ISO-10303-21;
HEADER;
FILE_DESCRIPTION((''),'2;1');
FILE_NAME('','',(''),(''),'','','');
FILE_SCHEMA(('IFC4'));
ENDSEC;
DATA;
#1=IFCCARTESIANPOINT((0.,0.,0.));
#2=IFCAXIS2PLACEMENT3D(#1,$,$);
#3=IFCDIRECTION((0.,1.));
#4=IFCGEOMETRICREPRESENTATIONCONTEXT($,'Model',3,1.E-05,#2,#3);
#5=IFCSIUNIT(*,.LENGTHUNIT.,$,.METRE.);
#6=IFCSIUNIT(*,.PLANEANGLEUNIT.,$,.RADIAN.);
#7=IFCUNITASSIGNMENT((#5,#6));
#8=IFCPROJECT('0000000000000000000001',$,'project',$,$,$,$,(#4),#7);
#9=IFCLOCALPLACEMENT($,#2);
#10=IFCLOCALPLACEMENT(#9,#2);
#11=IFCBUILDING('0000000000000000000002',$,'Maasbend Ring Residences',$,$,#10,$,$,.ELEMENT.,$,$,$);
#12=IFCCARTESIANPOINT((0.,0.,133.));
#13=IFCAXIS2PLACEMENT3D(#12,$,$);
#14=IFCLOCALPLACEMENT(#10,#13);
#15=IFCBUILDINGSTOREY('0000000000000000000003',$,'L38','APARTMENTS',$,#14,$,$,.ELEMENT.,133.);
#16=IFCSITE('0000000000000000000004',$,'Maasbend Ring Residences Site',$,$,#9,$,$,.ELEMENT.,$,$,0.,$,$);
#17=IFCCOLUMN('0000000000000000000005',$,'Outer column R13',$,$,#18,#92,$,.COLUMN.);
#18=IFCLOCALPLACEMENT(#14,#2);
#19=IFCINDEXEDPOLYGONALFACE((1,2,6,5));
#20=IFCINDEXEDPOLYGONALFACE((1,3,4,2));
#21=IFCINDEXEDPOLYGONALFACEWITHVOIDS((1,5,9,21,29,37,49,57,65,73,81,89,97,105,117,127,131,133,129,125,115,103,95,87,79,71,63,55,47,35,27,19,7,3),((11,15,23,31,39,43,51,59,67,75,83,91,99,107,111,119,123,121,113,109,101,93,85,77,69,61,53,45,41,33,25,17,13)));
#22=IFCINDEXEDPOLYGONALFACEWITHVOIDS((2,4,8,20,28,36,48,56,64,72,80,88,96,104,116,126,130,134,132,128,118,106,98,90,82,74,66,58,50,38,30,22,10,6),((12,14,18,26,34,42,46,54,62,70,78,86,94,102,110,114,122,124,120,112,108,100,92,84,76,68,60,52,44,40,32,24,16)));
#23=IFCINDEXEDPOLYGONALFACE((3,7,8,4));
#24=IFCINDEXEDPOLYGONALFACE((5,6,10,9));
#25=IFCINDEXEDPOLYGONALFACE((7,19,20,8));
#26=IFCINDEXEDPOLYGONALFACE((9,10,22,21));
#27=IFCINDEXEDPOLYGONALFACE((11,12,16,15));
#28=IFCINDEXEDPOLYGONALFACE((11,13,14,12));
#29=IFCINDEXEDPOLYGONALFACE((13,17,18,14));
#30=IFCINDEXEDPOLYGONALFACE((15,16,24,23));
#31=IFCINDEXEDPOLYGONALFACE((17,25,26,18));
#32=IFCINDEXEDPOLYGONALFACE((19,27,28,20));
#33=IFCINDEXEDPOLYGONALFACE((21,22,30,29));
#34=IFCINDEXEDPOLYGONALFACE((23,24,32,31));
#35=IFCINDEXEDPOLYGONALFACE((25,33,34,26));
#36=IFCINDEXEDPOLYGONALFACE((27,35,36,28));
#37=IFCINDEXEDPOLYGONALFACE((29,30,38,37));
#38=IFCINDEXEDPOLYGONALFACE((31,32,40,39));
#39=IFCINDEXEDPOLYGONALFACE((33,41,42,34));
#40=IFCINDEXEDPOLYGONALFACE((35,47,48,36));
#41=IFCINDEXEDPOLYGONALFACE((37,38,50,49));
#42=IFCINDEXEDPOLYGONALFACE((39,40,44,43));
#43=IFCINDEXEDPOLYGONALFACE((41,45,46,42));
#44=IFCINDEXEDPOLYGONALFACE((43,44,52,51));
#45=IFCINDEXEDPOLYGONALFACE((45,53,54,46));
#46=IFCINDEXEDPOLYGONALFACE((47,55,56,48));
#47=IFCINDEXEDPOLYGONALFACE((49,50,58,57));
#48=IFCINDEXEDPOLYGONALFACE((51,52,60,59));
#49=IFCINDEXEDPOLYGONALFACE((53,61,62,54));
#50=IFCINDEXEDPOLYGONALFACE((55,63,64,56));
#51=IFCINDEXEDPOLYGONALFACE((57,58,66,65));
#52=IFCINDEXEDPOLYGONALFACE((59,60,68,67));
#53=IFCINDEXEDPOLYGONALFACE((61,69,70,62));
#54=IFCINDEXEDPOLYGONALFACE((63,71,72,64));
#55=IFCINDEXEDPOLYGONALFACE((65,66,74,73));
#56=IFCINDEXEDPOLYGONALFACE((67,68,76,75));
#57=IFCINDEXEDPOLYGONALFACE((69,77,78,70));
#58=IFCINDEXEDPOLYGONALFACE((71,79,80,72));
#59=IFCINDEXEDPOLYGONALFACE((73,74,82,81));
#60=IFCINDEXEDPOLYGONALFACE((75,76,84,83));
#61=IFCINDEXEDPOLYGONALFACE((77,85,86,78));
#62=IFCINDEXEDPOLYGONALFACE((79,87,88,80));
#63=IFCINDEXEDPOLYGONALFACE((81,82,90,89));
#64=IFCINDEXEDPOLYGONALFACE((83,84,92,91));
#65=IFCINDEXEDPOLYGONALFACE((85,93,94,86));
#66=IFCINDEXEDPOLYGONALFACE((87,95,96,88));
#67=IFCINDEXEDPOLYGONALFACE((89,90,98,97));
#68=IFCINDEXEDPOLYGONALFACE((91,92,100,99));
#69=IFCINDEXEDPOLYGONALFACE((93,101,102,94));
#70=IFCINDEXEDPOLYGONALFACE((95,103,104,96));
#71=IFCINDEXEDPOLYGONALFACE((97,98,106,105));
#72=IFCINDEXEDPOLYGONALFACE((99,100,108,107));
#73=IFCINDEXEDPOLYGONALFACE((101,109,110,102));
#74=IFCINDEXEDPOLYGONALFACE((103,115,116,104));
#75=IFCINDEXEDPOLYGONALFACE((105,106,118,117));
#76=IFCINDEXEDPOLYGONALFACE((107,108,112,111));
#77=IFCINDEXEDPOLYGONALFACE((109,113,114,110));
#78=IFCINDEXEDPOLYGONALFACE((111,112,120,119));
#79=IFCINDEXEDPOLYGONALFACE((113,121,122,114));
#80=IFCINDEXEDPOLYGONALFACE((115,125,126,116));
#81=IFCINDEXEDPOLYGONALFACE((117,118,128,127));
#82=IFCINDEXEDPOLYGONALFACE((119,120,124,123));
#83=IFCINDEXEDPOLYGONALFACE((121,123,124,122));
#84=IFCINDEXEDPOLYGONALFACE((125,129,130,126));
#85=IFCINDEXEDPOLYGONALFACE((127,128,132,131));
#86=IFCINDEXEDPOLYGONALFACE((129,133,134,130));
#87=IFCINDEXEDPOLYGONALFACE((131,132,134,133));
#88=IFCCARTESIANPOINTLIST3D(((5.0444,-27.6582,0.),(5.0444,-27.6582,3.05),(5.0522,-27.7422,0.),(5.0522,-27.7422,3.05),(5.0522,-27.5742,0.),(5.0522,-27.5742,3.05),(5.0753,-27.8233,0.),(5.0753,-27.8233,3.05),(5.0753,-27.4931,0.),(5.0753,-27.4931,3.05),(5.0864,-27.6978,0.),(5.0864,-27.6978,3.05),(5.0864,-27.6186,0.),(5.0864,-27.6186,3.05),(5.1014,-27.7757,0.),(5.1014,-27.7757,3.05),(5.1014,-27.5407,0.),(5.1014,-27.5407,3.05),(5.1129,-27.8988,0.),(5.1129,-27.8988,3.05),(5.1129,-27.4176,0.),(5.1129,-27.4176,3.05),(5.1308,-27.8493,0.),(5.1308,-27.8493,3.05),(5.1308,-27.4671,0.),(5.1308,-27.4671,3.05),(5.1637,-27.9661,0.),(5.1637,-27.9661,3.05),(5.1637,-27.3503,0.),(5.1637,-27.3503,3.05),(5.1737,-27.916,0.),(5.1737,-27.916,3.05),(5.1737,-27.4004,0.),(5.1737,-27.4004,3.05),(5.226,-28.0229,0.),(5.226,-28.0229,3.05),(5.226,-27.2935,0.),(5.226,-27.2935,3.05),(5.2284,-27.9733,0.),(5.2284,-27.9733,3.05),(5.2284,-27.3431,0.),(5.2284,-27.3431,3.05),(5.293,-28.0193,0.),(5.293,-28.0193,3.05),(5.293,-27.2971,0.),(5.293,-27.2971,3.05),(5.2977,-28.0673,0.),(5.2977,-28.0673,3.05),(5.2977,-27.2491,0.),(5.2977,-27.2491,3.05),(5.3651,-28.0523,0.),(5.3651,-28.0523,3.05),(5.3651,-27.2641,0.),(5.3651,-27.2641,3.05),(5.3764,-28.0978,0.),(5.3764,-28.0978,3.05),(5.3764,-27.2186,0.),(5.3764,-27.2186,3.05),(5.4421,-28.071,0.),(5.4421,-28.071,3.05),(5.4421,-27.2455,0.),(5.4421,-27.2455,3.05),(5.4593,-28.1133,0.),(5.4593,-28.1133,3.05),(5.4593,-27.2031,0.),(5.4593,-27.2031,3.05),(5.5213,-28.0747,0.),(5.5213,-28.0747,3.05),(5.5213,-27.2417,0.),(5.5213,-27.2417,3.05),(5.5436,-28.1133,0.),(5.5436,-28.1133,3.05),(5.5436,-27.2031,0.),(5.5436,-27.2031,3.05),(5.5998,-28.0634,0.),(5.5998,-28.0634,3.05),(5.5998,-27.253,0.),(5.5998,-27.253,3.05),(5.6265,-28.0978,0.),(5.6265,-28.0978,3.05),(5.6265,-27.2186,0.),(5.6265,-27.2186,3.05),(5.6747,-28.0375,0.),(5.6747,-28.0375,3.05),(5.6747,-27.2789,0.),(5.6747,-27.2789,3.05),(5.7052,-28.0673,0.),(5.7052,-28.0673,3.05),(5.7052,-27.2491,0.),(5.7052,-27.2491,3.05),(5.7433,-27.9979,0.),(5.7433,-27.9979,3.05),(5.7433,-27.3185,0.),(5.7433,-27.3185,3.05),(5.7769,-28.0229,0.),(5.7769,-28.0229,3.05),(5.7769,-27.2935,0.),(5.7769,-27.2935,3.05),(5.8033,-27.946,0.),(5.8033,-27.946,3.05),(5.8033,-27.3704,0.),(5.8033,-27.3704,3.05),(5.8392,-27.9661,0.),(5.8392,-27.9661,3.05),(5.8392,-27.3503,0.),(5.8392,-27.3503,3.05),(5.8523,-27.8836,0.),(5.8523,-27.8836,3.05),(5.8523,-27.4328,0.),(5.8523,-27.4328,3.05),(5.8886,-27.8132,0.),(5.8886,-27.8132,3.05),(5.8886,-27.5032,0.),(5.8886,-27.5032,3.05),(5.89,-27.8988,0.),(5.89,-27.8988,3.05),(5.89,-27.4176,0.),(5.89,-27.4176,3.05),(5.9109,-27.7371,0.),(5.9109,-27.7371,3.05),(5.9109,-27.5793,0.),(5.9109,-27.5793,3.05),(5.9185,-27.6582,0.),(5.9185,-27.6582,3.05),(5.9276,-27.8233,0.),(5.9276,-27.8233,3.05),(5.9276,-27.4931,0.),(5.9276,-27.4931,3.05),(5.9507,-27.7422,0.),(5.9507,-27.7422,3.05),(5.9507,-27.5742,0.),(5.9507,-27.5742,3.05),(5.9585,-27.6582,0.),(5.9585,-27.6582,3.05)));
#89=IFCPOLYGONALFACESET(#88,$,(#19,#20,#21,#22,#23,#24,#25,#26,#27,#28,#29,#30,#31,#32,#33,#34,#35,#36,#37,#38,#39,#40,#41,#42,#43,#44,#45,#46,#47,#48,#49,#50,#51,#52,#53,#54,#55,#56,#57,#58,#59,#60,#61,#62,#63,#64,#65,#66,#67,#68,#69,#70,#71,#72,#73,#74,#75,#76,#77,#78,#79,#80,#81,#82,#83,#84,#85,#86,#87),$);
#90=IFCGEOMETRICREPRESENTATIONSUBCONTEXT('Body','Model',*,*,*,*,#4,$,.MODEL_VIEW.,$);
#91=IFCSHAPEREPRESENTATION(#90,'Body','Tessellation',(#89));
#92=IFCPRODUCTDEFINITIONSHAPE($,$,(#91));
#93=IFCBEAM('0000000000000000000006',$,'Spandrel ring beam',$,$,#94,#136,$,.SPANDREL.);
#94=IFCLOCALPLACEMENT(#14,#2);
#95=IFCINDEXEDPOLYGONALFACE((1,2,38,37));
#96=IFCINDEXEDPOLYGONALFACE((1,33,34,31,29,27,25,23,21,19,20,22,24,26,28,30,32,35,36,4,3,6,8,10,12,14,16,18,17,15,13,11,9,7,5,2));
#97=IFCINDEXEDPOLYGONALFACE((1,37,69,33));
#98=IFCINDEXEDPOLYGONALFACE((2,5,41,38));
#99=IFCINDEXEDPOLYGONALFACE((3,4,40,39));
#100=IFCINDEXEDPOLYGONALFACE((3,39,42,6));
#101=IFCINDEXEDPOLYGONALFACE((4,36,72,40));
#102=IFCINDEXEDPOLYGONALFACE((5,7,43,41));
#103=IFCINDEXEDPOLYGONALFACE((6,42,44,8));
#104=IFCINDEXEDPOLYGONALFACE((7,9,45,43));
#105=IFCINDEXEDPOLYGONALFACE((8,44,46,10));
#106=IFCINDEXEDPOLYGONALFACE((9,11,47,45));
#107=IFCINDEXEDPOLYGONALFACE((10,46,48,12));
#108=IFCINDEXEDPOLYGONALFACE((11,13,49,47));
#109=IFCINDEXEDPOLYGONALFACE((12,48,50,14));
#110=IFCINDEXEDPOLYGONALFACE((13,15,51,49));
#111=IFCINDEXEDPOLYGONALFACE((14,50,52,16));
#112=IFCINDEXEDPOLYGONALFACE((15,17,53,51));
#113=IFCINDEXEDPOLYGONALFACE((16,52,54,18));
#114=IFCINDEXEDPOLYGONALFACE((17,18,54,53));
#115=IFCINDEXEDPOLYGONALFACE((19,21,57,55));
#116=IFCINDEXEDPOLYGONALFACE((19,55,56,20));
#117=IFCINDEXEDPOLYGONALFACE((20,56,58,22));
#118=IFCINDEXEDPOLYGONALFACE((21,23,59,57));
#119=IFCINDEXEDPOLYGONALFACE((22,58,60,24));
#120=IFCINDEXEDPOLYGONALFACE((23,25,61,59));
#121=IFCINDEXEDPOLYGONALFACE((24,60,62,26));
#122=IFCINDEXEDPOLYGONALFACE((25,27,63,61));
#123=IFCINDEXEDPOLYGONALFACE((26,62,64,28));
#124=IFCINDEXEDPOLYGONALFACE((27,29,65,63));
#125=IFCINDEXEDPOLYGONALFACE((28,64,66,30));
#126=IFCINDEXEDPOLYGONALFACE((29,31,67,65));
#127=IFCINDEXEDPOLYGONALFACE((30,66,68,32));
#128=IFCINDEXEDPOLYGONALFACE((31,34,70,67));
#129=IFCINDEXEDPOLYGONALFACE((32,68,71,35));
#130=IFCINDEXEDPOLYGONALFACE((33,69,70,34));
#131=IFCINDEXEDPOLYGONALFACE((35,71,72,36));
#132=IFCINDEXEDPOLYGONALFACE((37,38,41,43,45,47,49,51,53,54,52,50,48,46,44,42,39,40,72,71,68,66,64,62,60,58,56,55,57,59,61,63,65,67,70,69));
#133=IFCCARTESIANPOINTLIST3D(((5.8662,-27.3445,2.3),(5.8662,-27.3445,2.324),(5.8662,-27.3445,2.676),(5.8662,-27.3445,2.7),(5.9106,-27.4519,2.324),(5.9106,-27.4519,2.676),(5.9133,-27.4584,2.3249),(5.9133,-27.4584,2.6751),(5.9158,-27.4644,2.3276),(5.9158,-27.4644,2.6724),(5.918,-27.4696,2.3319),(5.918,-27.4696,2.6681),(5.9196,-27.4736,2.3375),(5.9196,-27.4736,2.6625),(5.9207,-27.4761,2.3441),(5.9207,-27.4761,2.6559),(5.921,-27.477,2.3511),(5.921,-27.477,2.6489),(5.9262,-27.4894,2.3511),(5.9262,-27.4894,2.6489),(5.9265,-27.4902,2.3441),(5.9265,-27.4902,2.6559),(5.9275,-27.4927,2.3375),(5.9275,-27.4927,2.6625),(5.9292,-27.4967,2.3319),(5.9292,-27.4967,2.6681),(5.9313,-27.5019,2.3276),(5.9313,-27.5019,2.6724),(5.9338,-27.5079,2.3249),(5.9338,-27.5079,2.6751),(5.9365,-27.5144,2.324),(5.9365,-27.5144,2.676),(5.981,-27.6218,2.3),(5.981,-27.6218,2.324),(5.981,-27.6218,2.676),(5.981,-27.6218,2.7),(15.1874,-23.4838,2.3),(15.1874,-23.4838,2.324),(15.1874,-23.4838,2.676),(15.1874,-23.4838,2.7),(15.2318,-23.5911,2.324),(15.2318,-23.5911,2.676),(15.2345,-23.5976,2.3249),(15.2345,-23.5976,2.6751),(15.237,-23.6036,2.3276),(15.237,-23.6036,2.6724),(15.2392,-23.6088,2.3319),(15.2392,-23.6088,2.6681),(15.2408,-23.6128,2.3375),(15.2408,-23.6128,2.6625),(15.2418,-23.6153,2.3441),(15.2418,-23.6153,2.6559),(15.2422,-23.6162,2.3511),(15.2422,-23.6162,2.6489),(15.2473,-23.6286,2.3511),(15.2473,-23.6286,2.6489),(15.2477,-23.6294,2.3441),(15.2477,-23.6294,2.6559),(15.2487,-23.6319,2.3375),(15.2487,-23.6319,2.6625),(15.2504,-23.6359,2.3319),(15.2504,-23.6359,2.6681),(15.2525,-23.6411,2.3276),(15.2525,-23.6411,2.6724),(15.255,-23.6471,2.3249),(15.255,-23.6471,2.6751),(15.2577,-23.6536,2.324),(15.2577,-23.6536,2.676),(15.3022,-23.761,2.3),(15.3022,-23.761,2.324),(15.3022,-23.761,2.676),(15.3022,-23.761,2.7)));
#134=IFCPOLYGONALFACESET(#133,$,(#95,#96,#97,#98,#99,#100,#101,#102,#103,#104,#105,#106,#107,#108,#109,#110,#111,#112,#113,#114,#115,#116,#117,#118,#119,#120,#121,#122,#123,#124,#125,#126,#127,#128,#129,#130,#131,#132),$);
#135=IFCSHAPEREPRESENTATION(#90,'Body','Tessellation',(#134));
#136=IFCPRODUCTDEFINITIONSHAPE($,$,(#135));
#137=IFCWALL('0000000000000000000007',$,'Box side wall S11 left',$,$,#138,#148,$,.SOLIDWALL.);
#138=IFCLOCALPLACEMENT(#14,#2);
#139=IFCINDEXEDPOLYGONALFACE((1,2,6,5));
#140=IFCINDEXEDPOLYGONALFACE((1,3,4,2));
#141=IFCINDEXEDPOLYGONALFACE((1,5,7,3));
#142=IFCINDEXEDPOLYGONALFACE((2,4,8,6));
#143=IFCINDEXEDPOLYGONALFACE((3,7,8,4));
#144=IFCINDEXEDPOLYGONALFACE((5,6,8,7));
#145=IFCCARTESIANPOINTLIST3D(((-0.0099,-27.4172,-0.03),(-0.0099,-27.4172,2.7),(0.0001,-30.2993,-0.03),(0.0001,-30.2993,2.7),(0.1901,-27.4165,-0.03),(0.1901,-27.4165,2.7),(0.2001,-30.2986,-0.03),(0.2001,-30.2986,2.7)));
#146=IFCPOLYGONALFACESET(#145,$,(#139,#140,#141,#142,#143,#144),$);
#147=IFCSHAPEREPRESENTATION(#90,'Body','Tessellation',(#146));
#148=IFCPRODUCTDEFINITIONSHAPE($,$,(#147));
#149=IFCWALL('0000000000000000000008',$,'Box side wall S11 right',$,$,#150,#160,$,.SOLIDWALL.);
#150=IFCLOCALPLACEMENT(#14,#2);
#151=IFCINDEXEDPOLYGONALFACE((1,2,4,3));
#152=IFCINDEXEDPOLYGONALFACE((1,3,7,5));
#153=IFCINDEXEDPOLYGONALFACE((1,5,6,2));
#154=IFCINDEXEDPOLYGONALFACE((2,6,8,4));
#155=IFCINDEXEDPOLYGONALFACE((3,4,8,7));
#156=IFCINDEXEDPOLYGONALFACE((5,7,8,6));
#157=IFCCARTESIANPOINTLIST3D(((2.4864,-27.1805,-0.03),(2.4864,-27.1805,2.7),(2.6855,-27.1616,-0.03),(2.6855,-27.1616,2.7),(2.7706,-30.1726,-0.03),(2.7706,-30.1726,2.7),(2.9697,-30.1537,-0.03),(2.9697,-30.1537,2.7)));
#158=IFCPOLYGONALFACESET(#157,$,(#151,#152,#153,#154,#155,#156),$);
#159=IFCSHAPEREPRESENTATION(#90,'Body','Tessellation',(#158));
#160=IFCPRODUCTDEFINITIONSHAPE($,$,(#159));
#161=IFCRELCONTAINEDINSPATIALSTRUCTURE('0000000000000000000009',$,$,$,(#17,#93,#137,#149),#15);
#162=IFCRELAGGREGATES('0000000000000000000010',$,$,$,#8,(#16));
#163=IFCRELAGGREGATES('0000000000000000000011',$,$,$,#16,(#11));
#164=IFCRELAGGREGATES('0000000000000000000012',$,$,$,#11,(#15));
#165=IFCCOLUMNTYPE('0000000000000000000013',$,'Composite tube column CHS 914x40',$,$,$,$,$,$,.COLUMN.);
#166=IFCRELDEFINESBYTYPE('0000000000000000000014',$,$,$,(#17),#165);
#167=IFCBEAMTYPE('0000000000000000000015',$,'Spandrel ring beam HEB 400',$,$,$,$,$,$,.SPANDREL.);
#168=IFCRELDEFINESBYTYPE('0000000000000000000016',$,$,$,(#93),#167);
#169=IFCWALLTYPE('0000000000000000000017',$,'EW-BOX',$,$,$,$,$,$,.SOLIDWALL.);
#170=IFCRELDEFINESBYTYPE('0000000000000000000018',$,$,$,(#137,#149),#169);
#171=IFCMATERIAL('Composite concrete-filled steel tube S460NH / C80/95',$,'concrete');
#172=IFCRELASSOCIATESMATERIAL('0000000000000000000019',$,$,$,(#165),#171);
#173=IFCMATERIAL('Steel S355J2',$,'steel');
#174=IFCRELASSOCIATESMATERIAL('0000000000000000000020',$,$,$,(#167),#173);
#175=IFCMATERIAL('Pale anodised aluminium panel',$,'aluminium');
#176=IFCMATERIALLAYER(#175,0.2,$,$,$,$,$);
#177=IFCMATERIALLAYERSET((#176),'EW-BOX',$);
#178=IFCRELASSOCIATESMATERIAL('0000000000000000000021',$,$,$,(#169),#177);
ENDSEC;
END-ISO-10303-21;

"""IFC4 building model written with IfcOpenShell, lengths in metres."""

from ifc_helpers import new_model, si_unit, direction, frame, frame_2d, origin, origin_2d, place, context, subcontext, project, spatial, rectangle, hollow_circle, i_section, extrude, material, layer, layer_set, material_profile, profile_set, type_object, element, save


model = new_model("IFC4")

# Units and contexts
model_context = context("Model", 3, precision=1e-05, world=origin(), true_north=direction((0.0, 1.0)))
body_context = subcontext(model_context, "Body", "Model", "MODEL_VIEW")
ifc_project = project(units=[si_unit("LENGTHUNIT", "METRE"), si_unit("PLANEANGLEUNIT", "RADIAN")], contexts=[model_context])

# Site, building, storey
site_placement = place(None, origin())
site = spatial("IfcSite", under=ifc_project, at=site_placement, Name="Maasbend Ring Residences Site", CompositionType="ELEMENT", RefElevation=0.0)
building_placement = place(site_placement, origin())
building = spatial("IfcBuilding", under=site, at=building_placement, Name="Maasbend Ring Residences", CompositionType="ELEMENT")
storey_placement = place(building_placement, frame((0.0, 0.0, 133.0)))
storey = spatial("IfcBuildingStorey", under=building, at=storey_placement, Name="L38", Description="APARTMENTS", CompositionType="ELEMENT", Elevation=133.0)

# Column
ifc_material_1 = material(Name="Composite concrete-filled steel tube S460NH / C80/95", Category="concrete")
ifc_material_profile_1 = material_profile(ifc_material_1, hollow_circle(Radius=0.457, WallThickness=0.04, at=origin_2d()), Name="Composite tube column CHS 914x40")
ifc_profile_set_1 = profile_set([ifc_material_profile_1], Name="Composite concrete-filled steel tube S460NH / C80/95")
column_type = type_object("IfcColumnType", Name="Composite tube column CHS 914x40", PredefinedType="COLUMN", material=ifc_profile_set_1)
column_placement = place(storey_placement, frame((5.5015, -27.6582, 0.0), z_axis=(0.0, 0.0, 1.0), x_axis=(1.0, 0.0, 0.0)))
element("IfcColumn", 1, at=column_placement, inside=storey, type_object=column_type, Name="Outer column R13", PredefinedType="COLUMN", context=body_context, shape_type="SweptSolid", body=[
    extrude(hollow_circle(Radius=0.457, WallThickness=0.04, at=origin_2d()), origin(), (0.0, 0.0, 1.0), 3.05),
])

# Beam
ifc_material_2 = material(Name="Steel S355J2", Category="steel")
ifc_material_profile_2 = material_profile(ifc_material_2, i_section(OverallWidth=0.3, OverallDepth=0.3999, WebThickness=0.0134, FlangeThickness=0.0239, FilletRadius=0.0271, at=origin_2d()), Name="HEB 400")
ifc_profile_set_2 = profile_set([ifc_material_profile_2], Name="Steel S355J2")
beam_type = type_object("IfcBeamType", Name="Spandrel ring beam HEB 400", PredefinedType="SPANDREL", material=ifc_profile_set_2)
beam_placement = place(storey_placement, frame((5.9236, -27.4832, 2.5), z_axis=(0.923885, 0.38267, 0.0), x_axis=(-0.38267, 0.923885, 0.0)))
element("IfcBeam", 2, at=beam_placement, inside=storey, type_object=beam_type, Name="Spandrel ring beam", PredefinedType="SPANDREL", context=body_context, shape_type="SweptSolid", body=[
    extrude(i_section(OverallWidth=0.3, OverallDepth=0.3999, WebThickness=0.0134, FlangeThickness=0.0239, FilletRadius=0.0271, at=origin_2d()), origin(), (0.0, 0.0, 1.0), 10.0891),
])

# Walls
ifc_material_3 = material(Name="Pale anodised aluminium panel", Category="aluminium")
ifc_layer_1 = layer(ifc_material_3, 0.2)
ifc_layer_set_1 = layer_set([ifc_layer_1], Name="EW-BOX")
wall_type_1 = type_object("IfcWallType", Name="EW-BOX", PredefinedType="SOLIDWALL", material=ifc_layer_set_1)
wall_1_placement = place(storey_placement, frame((0.0901, -27.417, -0.03), z_axis=(0.0, 0.0, 1.0), x_axis=(0.003473, -0.999994, 0.0)))
element("IfcWall", 3, at=wall_1_placement, inside=storey, type_object=wall_type_1, Name="Box side wall S11 left", PredefinedType="SOLIDWALL", context=body_context, shape_type="SweptSolid", body=[
    extrude(rectangle(XDim=2.8821, YDim=0.2, at=frame_2d((1.4409, 0.0))), origin(), (0.0, 0.0, 1.0), 2.73),
])
wall_2_placement = place(storey_placement, frame((2.5859, -27.1709, -0.03), z_axis=(0.0, 0.0, 1.0), x_axis=(0.094548, -0.99552, 0.0)))
element("IfcWall", 4, at=wall_2_placement, inside=storey, type_object=wall_type_1, Name="Box side wall S11 right", PredefinedType="SOLIDWALL", context=body_context, shape_type="SweptSolid", body=[
    extrude(rectangle(XDim=3.0056, YDim=0.2, at=frame_2d((1.5029, 0.0))), origin(), (0.0, 0.0, 1.0), 2.73),
])

save(model, "model.ifc")
